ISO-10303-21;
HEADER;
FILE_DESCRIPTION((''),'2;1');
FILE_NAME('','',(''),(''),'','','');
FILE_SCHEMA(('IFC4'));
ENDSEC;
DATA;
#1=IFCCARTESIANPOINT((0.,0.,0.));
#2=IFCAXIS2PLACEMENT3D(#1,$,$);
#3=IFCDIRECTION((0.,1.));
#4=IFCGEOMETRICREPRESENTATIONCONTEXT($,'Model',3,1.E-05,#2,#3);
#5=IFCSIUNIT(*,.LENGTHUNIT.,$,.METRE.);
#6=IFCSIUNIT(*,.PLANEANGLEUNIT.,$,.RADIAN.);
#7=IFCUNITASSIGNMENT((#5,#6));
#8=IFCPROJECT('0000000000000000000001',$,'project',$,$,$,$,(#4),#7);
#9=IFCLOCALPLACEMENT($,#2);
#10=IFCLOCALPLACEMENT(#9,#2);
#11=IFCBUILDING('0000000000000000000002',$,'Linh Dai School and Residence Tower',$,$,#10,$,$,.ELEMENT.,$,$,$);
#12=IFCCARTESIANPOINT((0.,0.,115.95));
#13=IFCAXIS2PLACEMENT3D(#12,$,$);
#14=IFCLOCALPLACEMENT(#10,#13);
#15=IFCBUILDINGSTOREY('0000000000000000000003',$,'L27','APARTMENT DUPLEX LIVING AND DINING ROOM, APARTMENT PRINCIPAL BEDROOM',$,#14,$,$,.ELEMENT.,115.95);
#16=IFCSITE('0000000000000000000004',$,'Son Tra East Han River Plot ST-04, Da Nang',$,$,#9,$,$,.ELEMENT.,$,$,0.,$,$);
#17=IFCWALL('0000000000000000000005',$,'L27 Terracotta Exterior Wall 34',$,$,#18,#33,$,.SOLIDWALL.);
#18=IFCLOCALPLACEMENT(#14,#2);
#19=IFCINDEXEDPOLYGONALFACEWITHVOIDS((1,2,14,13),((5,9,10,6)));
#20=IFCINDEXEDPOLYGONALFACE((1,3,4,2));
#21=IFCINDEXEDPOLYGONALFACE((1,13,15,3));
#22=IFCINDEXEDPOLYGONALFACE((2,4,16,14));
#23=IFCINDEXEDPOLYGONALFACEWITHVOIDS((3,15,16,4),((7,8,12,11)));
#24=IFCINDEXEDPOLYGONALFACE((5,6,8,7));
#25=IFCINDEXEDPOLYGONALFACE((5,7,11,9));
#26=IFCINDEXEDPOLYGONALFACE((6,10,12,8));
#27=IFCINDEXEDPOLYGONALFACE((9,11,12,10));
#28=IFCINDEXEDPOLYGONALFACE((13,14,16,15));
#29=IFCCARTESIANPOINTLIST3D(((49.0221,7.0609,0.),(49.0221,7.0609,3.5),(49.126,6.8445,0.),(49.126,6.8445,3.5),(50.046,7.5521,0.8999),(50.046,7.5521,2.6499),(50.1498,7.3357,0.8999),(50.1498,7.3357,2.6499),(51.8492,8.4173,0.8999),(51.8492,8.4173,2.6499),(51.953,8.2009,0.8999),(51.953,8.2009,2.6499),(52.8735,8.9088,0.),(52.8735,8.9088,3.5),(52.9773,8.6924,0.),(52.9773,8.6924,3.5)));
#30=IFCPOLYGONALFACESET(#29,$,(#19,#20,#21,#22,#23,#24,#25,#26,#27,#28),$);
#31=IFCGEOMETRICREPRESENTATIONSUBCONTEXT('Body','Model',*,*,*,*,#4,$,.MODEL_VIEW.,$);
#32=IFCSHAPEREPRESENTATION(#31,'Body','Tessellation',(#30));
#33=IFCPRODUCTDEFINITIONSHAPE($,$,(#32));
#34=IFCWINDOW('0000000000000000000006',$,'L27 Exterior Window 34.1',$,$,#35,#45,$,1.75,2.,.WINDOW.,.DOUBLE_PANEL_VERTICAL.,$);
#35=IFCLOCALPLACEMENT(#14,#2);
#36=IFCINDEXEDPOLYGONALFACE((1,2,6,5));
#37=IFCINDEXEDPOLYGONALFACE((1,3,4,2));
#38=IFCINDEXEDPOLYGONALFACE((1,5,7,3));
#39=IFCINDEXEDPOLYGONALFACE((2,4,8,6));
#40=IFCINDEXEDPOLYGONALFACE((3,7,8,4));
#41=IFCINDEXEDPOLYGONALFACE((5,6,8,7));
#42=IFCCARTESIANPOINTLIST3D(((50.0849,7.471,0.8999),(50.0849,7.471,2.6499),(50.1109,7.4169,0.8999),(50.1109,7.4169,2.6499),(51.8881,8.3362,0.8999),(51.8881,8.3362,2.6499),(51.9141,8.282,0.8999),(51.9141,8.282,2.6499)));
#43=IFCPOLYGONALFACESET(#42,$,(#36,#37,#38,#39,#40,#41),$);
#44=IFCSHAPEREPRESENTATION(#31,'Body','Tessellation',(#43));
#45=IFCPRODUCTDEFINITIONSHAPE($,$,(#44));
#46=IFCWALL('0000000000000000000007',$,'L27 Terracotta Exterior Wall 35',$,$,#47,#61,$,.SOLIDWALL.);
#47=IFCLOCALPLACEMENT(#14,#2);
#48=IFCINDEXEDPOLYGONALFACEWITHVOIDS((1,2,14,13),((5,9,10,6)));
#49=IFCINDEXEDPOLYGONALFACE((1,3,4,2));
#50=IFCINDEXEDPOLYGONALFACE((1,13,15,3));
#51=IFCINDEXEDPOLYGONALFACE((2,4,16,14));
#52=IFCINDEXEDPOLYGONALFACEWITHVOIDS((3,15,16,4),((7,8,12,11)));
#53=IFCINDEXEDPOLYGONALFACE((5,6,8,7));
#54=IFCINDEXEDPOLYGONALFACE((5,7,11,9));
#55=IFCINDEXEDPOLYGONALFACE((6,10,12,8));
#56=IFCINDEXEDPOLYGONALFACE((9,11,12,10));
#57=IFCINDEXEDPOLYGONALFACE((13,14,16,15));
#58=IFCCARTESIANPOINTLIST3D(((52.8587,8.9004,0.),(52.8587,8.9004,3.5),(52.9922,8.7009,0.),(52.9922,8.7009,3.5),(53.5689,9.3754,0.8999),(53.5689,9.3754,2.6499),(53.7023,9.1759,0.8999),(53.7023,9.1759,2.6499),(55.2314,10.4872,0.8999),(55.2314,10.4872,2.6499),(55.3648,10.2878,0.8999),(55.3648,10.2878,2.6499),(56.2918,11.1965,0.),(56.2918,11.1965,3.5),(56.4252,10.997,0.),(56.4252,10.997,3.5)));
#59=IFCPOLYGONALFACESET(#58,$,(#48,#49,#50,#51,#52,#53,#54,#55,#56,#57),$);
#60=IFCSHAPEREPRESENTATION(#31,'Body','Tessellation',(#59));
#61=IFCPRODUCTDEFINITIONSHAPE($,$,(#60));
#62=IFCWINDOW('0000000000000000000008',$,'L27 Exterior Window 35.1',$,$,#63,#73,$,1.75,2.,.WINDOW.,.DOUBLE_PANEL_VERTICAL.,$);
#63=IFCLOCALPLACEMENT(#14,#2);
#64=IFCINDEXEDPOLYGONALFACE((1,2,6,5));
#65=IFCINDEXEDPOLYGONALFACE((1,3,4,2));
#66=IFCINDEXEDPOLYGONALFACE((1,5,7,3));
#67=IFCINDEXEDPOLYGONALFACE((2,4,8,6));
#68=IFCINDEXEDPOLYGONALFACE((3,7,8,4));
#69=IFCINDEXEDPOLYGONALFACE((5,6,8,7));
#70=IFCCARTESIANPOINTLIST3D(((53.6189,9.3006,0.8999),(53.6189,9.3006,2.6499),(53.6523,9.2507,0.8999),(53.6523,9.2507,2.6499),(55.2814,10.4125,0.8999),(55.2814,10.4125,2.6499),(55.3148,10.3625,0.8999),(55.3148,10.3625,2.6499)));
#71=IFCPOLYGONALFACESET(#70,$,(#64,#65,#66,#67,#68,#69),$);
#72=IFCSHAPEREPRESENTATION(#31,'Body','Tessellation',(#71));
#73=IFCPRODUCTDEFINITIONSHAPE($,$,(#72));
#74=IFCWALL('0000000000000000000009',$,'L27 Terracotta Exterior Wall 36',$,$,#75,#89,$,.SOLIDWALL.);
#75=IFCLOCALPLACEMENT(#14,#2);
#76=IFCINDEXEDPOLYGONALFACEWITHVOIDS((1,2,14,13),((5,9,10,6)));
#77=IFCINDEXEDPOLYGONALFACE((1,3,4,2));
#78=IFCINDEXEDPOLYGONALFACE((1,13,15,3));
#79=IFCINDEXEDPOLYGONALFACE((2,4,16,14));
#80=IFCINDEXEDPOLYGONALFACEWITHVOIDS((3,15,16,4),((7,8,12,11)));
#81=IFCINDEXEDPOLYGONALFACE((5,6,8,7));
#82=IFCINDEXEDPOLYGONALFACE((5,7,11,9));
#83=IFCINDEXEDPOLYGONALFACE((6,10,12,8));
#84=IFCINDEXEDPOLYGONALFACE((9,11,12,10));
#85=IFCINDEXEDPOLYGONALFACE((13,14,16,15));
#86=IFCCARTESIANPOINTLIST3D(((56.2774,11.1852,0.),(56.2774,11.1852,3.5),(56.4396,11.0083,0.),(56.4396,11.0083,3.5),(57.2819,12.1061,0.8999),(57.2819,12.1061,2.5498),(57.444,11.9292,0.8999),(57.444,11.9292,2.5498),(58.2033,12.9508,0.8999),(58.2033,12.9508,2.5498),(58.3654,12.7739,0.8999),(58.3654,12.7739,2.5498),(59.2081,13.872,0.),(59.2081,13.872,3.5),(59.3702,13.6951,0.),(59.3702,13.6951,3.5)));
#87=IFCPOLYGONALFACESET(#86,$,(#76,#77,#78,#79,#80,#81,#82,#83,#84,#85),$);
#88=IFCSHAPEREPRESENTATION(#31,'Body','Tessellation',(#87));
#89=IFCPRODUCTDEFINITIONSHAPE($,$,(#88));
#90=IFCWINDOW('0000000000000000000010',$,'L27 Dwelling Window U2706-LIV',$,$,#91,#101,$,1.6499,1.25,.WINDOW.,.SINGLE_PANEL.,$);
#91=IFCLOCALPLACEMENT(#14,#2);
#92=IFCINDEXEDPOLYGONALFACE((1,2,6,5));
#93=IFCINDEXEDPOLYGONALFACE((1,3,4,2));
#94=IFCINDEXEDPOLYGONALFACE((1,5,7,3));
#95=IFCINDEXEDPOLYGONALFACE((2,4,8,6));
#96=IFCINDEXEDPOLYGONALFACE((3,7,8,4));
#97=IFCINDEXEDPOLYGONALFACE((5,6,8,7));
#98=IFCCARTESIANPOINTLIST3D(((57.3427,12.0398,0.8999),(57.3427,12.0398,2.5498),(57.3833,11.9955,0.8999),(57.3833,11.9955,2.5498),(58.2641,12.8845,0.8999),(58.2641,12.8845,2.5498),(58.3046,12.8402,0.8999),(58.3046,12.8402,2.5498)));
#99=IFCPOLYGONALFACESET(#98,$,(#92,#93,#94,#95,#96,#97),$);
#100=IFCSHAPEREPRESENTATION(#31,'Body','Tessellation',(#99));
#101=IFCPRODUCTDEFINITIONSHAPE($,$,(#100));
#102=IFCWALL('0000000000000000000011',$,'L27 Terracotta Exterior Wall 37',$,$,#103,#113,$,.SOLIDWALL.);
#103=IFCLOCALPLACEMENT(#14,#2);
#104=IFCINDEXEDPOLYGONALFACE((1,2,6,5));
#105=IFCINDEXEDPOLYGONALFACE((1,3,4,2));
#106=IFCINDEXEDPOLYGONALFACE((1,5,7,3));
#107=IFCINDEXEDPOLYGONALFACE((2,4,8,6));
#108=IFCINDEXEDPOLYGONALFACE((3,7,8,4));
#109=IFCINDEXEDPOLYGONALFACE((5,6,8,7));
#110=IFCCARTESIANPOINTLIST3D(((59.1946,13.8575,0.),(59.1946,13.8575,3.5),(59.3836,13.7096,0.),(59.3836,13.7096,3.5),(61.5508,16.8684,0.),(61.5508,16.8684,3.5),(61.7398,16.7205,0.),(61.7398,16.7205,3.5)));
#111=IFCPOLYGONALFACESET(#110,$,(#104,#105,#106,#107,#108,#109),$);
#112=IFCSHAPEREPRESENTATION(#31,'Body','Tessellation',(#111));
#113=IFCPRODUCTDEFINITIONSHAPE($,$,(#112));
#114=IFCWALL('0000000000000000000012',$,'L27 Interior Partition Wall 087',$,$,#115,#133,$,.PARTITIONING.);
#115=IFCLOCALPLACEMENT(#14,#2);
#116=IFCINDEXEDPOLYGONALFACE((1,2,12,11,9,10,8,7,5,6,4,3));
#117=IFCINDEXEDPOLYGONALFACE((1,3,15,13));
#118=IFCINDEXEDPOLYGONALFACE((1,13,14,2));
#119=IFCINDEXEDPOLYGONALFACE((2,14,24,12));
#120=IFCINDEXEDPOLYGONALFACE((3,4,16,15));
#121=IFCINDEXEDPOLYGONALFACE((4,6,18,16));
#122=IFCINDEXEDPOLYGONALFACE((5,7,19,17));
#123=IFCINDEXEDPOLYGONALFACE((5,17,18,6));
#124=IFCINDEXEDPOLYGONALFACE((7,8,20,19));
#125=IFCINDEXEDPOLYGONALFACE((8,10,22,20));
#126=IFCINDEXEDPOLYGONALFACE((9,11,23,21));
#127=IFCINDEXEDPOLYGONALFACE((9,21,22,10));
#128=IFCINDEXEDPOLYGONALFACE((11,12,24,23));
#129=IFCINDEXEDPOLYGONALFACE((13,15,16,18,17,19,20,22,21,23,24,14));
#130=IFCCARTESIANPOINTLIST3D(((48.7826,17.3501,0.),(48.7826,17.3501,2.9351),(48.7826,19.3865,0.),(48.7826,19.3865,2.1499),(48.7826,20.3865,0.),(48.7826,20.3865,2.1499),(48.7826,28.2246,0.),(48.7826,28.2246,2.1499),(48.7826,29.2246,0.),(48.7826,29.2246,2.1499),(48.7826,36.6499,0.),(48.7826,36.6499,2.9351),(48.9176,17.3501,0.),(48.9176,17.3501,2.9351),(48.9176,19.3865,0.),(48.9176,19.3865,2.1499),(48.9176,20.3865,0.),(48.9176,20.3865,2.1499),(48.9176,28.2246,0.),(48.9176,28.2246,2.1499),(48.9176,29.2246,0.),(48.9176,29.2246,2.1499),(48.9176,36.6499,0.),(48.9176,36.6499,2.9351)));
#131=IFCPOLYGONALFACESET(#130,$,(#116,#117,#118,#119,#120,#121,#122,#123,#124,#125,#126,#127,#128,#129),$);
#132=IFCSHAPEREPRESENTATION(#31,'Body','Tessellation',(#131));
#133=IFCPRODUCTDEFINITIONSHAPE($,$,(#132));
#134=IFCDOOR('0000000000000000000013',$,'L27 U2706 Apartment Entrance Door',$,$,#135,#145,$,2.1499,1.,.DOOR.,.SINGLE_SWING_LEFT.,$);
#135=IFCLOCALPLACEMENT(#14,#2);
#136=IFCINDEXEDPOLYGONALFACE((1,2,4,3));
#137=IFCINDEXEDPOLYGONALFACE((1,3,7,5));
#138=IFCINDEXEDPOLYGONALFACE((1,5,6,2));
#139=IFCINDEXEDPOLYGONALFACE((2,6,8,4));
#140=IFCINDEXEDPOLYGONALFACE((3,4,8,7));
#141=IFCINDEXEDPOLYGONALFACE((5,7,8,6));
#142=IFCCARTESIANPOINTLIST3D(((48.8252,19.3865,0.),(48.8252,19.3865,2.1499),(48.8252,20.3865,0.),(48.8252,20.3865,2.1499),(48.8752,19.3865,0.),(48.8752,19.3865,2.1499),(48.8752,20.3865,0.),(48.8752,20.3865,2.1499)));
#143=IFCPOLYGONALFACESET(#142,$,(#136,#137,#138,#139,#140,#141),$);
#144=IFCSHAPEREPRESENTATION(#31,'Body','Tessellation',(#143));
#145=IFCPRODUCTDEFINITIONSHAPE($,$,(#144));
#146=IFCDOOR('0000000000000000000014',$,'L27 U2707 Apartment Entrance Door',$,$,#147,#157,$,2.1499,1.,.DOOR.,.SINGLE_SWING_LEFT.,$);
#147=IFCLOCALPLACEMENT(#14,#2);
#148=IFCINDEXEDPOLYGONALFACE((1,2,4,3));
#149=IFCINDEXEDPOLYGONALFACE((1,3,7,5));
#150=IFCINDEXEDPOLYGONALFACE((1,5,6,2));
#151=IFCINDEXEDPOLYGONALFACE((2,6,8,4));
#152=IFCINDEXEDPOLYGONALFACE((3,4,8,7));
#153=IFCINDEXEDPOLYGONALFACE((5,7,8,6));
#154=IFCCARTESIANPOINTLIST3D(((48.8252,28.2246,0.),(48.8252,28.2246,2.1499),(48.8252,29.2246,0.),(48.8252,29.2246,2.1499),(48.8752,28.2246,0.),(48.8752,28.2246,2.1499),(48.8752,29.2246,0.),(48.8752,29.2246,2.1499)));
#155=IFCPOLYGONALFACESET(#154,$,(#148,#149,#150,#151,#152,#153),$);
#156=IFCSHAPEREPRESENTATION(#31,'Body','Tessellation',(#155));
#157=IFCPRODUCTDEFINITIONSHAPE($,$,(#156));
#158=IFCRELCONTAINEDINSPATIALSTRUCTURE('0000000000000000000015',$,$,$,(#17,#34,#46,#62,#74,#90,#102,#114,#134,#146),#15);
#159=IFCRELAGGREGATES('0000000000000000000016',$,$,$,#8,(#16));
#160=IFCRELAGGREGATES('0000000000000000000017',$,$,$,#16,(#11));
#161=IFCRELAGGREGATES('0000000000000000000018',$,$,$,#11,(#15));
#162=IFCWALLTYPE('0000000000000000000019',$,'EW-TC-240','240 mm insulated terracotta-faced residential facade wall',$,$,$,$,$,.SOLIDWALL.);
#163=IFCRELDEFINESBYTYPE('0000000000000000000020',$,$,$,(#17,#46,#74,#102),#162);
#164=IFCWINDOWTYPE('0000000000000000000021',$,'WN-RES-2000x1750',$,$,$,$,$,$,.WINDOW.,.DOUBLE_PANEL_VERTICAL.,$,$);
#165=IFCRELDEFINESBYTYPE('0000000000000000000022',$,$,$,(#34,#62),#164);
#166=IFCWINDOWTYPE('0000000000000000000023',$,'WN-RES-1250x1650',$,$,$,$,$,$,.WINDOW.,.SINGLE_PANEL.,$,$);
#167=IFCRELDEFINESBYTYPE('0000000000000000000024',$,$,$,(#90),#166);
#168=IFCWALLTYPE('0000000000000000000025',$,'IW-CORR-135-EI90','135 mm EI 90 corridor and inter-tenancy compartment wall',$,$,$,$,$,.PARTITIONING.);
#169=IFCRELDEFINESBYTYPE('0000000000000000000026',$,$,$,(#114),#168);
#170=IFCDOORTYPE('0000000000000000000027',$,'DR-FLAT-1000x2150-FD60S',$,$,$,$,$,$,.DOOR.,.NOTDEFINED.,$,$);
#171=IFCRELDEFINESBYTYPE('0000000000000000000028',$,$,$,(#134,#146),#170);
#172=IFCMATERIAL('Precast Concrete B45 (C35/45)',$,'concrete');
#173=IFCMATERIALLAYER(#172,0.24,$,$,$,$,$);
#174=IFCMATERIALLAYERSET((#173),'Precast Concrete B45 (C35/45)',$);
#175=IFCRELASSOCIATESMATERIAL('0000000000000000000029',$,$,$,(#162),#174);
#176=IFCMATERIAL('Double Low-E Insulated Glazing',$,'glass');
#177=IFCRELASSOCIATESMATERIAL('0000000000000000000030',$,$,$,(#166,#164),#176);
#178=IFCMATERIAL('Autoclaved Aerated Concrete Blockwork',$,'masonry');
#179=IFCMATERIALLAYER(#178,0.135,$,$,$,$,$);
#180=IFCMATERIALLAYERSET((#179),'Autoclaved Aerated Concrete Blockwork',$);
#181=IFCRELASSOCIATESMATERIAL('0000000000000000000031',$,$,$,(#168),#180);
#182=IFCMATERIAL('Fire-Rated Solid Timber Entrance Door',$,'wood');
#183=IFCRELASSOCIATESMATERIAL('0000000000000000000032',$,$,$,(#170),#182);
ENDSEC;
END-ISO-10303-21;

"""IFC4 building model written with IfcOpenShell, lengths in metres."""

from ifc_helpers import new_model, si_unit, direction, frame, frame_2d, origin, origin_2d, place, context, subcontext, project, spatial, rectangle, extrude, source, transform, mapped, material, layer, layer_set, type_object, element, fill, save


model = new_model("IFC4")

# Units and contexts
model_context = context("Model", 3, precision=1e-05, world=origin(), true_north=direction((0.0, 1.0)))
body_context = subcontext(model_context, "Body", "Model", "MODEL_VIEW")
ifc_project = project(units=[si_unit("LENGTHUNIT", "METRE"), si_unit("PLANEANGLEUNIT", "RADIAN")], contexts=[model_context])

# Site, building, storey
site_placement = place(None, origin())
site = spatial("IfcSite", under=ifc_project, at=site_placement, Name="Son Tra East Han River Plot ST-04, Da Nang", CompositionType="ELEMENT", RefElevation=0.0)
building_placement = place(site_placement, origin())
building = spatial("IfcBuilding", under=site, at=building_placement, Name="Linh Dai School and Residence Tower", CompositionType="ELEMENT")
storey_placement = place(building_placement, frame((0.0, 0.0, 115.95)))
storey = spatial("IfcBuildingStorey", under=building, at=storey_placement, Name="L27", Description="APARTMENT DUPLEX LIVING AND DINING ROOM, APARTMENT PRINCIPAL BEDROOM", CompositionType="ELEMENT", Elevation=115.95)

# Shared definitions
ifc_material_1 = material(Name="Precast Concrete B45 (C35/45)", Category="concrete")

# Shared definitions
ifc_layer_1 = layer(ifc_material_1, 0.24)
ifc_layer_set_1 = layer_set([ifc_layer_1], Name="Precast Concrete B45 (C35/45)")
wall_type_1 = type_object("IfcWallType", Name="EW-TC-240", Description="240 mm insulated terracotta-faced residential facade wall", PredefinedType="SOLIDWALL", material=ifc_layer_set_1)

# Walls, openings, windows
ifc_material_2 = material(Name="Double Low-E Insulated Glazing", Category="glass")
window_type_1 = type_object("IfcWindowType", Name="WN-RES-1250x1650", PartitioningType="SINGLE_PANEL", PredefinedType="WINDOW", material=ifc_material_2)
shared_shape_1 = source(origin(), body_context, "Body", "SweptSolid", [
    extrude(rectangle(XDim=1.25, YDim=1.6499, at=origin_2d()), frame((0.625, 0.03, 0.825), z_axis=(0.0, -1.0, 0.0), x_axis=(1.0, 0.0, 0.0)), (0.0, 0.0, 1.0), 0.0601),
])
wall_1_placement = place(storey_placement, frame((52.9253, 8.8005, 0.0), z_axis=(0.0, 0.0, 1.0), x_axis=(-0.90159, -0.432592, 0.0)))
wall_1 = element("IfcWall", 1, at=wall_1_placement, inside=storey, type_object=wall_type_1, Name="L27 Terracotta Exterior Wall 34", PredefinedType="SOLIDWALL", context=body_context, shape_type="SweptSolid", body=[
    extrude(rectangle(XDim=4.2717, YDim=0.24, at=frame_2d((2.1357, 0.0))), origin(), (0.0, 0.0, 1.0), 3.5),
])
opening_1_placement = place(wall_1_placement, frame((1.136, 0.0, 0.8999)))
opening_1 = element("IfcOpeningElement", 2, at=opening_1_placement, cuts=wall_1, PredefinedType="OPENING", context=body_context, shape_type="SweptSolid", body=[
    extrude(rectangle(XDim=2.0, YDim=1.75, at=origin_2d()), frame((1.0, 0.1299, 0.875), z_axis=(0.0, -1.0, 0.0), x_axis=(1.0, 0.0, 0.0)), (0.0, 0.0, 1.0), 0.26),
])
window_type_2 = type_object("IfcWindowType", Name="WN-RES-2000x1750", PartitioningType="DOUBLE_PANEL_VERTICAL", PredefinedType="WINDOW", material=ifc_material_2)
shared_shape_2 = source(origin(), body_context, "Body", "SweptSolid", [
    extrude(rectangle(XDim=2.0, YDim=1.75, at=origin_2d()), frame((1.0, 0.03, 0.875), z_axis=(0.0, -1.0, 0.0), x_axis=(1.0, 0.0, 0.0)), (0.0, 0.0, 1.0), 0.0601),
])
window_1_placement = place(opening_1_placement, origin())
window_1 = element("IfcWindow", 3, at=window_1_placement, inside=storey, type_object=window_type_2, Name="L27 Exterior Window 34.1", OverallHeight=1.75, OverallWidth=2.0, PartitioningType="DOUBLE_PANEL_VERTICAL", PredefinedType="WINDOW", context=body_context, shape_type="MappedRepresentation", body=[
    mapped(shared_shape_2, transform((0.0, 0.0, 0.0), x_axis=(1.0, 0.0, 0.0), y_axis=(0.0, 1.0, 0.0), z_axis=(0.0, 0.0, 1.0), scale=1.0)),
])
fill(opening_1, window_1)
wall_2_placement = place(storey_placement, frame((56.3584, 11.0967, 0.0), z_axis=(0.0, 0.0, 1.0), x_axis=(-0.831222, -0.555941, 0.0)))
wall_2 = element("IfcWall", 4, at=wall_2_placement, inside=storey, type_object=wall_type_1, Name="L27 Terracotta Exterior Wall 35", PredefinedType="SOLIDWALL", context=body_context, shape_type="SweptSolid", body=[
    extrude(rectangle(XDim=4.1301, YDim=0.24, at=frame_2d((2.0649, 0.0))), origin(), (0.0, 0.0, 1.0), 3.5),
])
opening_2_placement = place(wall_2_placement, frame((1.2756, 0.0, 0.8999)))
opening_2 = element("IfcOpeningElement", 5, at=opening_2_placement, cuts=wall_2, PredefinedType="OPENING", context=body_context, shape_type="SweptSolid", body=[
    extrude(rectangle(XDim=2.0, YDim=1.75, at=origin_2d()), frame((1.0, 0.1299, 0.875), z_axis=(0.0, -1.0, 0.0), x_axis=(1.0, 0.0, 0.0)), (0.0, 0.0, 1.0), 0.26),
])
window_2_placement = place(opening_2_placement, origin())
window_2 = element("IfcWindow", 6, at=window_2_placement, inside=storey, type_object=window_type_2, Name="L27 Exterior Window 35.1", OverallHeight=1.75, OverallWidth=2.0, PartitioningType="DOUBLE_PANEL_VERTICAL", PredefinedType="WINDOW", context=body_context, shape_type="MappedRepresentation", body=[
    mapped(shared_shape_2, transform((0.0, 0.0, 0.0), x_axis=(1.0, 0.0, 0.0), y_axis=(0.0, 1.0, 0.0), z_axis=(0.0, 0.0, 1.0), scale=1.0)),
])
fill(opening_2, window_2)
wall_3_placement = place(storey_placement, frame((59.2891, 13.7834, 0.0), z_axis=(0.0, 0.0, 1.0), x_axis=(-0.737113, -0.675769, 0.0)))
wall_3 = element("IfcWall", 7, at=wall_3_placement, inside=storey, type_object=wall_type_1, Name="L27 Terracotta Exterior Wall 36", PredefinedType="SOLIDWALL", context=body_context, shape_type="SweptSolid", body=[
    extrude(rectangle(XDim=3.9758, YDim=0.24, at=frame_2d((1.9878, 0.0))), origin(), (0.0, 0.0, 1.0), 3.5),
])
opening_3_placement = place(wall_3_placement, frame((1.363, 0.0, 0.8999)))
opening_3 = element("IfcOpeningElement", 8, at=opening_3_placement, cuts=wall_3, PredefinedType="OPENING", context=body_context, shape_type="SweptSolid", body=[
    extrude(rectangle(XDim=1.25, YDim=1.6499, at=origin_2d()), frame((0.625, 0.1299, 0.825), z_axis=(0.0, -1.0, 0.0), x_axis=(1.0, 0.0, 0.0)), (0.0, 0.0, 1.0), 0.26),
])
window_3_placement = place(opening_3_placement, origin())
window_3 = element("IfcWindow", 9, at=window_3_placement, inside=storey, type_object=window_type_1, Name="L27 Dwelling Window U2706-LIV", OverallHeight=1.6499, OverallWidth=1.25, PartitioningType="SINGLE_PANEL", PredefinedType="WINDOW", context=body_context, shape_type="MappedRepresentation", body=[
    mapped(shared_shape_1, transform((0.0, 0.0, 0.0), x_axis=(1.0, 0.0, 0.0), y_axis=(0.0, 1.0, 0.0), z_axis=(0.0, 0.0, 1.0), scale=1.0)),
])
fill(opening_3, window_3)

# Wall
wall_4_placement = place(storey_placement, frame((61.6453, 16.7944, 0.0), z_axis=(0.0, 0.0, 1.0), x_axis=(-0.616272, -0.787533, 0.0)))
element("IfcWall", 10, at=wall_4_placement, inside=storey, type_object=wall_type_1, Name="L27 Terracotta Exterior Wall 37", PredefinedType="SOLIDWALL", context=body_context, shape_type="SweptSolid", body=[
    extrude(rectangle(XDim=3.8232, YDim=0.24, at=frame_2d((1.9116, 0.0))), origin(), (0.0, 0.0, 1.0), 3.5),
])

# Wall, openings, doors
ifc_material_3 = material(Name="Autoclaved Aerated Concrete Blockwork", Category="masonry")
ifc_layer_2 = layer(ifc_material_3, 0.135)
ifc_layer_set_2 = layer_set([ifc_layer_2], Name="Autoclaved Aerated Concrete Blockwork")
wall_type_2 = type_object("IfcWallType", Name="IW-CORR-135-EI90", Description="135 mm EI 90 corridor and inter-tenancy compartment wall", PredefinedType="PARTITIONING", material=ifc_layer_set_2)
wall_5_placement = place(storey_placement, frame((48.8501, 17.3501, 0.0), z_axis=(0.0, 0.0, 1.0), x_axis=(0.0, 1.0, 0.0)))
wall_5 = element("IfcWall", 11, at=wall_5_placement, inside=storey, type_object=wall_type_2, Name="L27 Interior Partition Wall 087", PredefinedType="PARTITIONING", context=body_context, shape_type="SweptSolid", body=[
    extrude(rectangle(XDim=19.2998, YDim=0.135, at=frame_2d((9.6499, 0.0))), origin(), (0.0, 0.0, 1.0), 2.9351),
])
opening_4_placement = place(wall_5_placement, frame((2.0364, 0.0, 0.0)))
opening_4 = element("IfcOpeningElement", 12, at=opening_4_placement, cuts=wall_5, PredefinedType="OPENING", context=body_context, shape_type="SweptSolid", body=[
    extrude(rectangle(XDim=1.0, YDim=2.1499, at=origin_2d()), frame((0.5, 0.0776, 1.075), z_axis=(0.0, -1.0, 0.0), x_axis=(1.0, 0.0, 0.0)), (0.0, 0.0, 1.0), 0.155),
])
opening_5_placement = place(wall_5_placement, frame((10.8745, 0.0, 0.0)))
opening_5 = element("IfcOpeningElement", 13, at=opening_5_placement, cuts=wall_5, PredefinedType="OPENING", context=body_context, shape_type="SweptSolid", body=[
    extrude(rectangle(XDim=1.0, YDim=2.1499, at=origin_2d()), frame((0.5, 0.0776, 1.075), z_axis=(0.0, -1.0, 0.0), x_axis=(1.0, 0.0, 0.0)), (0.0, 0.0, 1.0), 0.155),
])
ifc_material_4 = material(Name="Fire-Rated Solid Timber Entrance Door", Category="wood")
door_type_1 = type_object("IfcDoorType", Name="DR-FLAT-1000x2150-FD60S", OperationType="NOTDEFINED", PredefinedType="DOOR", material=ifc_material_4)
shared_shape_3 = source(origin(), body_context, "Body", "SweptSolid", [
    extrude(rectangle(XDim=1.0, YDim=2.1499, at=origin_2d()), frame((0.5, 0.0249, 1.075), z_axis=(0.0, -1.0, 0.0), x_axis=(1.0, 0.0, 0.0)), (0.0, 0.0, 1.0), 0.05),
])
door_1_placement = place(opening_4_placement, origin())
door_1 = element("IfcDoor", 14, at=door_1_placement, inside=storey, type_object=door_type_1, Name="L27 U2706 Apartment Entrance Door", OperationType="SINGLE_SWING_LEFT", OverallHeight=2.1499, OverallWidth=1.0, PredefinedType="DOOR", context=body_context, shape_type="MappedRepresentation", body=[
    mapped(shared_shape_3, transform((0.0, 0.0, 0.0), x_axis=(1.0, 0.0, 0.0), y_axis=(0.0, 1.0, 0.0), z_axis=(0.0, 0.0, 1.0), scale=1.0)),
])
fill(opening_4, door_1)
door_2_placement = place(opening_5_placement, origin())
door_2 = element("IfcDoor", 15, at=door_2_placement, inside=storey, type_object=door_type_1, Name="L27 U2707 Apartment Entrance Door", OperationType="SINGLE_SWING_LEFT", OverallHeight=2.1499, OverallWidth=1.0, PredefinedType="DOOR", context=body_context, shape_type="MappedRepresentation", body=[
    mapped(shared_shape_3, transform((0.0, 0.0, 0.0), x_axis=(1.0, 0.0, 0.0), y_axis=(0.0, 1.0, 0.0), z_axis=(0.0, 0.0, 1.0), scale=1.0)),
])
fill(opening_5, door_2)

save(model, "model.ifc")
